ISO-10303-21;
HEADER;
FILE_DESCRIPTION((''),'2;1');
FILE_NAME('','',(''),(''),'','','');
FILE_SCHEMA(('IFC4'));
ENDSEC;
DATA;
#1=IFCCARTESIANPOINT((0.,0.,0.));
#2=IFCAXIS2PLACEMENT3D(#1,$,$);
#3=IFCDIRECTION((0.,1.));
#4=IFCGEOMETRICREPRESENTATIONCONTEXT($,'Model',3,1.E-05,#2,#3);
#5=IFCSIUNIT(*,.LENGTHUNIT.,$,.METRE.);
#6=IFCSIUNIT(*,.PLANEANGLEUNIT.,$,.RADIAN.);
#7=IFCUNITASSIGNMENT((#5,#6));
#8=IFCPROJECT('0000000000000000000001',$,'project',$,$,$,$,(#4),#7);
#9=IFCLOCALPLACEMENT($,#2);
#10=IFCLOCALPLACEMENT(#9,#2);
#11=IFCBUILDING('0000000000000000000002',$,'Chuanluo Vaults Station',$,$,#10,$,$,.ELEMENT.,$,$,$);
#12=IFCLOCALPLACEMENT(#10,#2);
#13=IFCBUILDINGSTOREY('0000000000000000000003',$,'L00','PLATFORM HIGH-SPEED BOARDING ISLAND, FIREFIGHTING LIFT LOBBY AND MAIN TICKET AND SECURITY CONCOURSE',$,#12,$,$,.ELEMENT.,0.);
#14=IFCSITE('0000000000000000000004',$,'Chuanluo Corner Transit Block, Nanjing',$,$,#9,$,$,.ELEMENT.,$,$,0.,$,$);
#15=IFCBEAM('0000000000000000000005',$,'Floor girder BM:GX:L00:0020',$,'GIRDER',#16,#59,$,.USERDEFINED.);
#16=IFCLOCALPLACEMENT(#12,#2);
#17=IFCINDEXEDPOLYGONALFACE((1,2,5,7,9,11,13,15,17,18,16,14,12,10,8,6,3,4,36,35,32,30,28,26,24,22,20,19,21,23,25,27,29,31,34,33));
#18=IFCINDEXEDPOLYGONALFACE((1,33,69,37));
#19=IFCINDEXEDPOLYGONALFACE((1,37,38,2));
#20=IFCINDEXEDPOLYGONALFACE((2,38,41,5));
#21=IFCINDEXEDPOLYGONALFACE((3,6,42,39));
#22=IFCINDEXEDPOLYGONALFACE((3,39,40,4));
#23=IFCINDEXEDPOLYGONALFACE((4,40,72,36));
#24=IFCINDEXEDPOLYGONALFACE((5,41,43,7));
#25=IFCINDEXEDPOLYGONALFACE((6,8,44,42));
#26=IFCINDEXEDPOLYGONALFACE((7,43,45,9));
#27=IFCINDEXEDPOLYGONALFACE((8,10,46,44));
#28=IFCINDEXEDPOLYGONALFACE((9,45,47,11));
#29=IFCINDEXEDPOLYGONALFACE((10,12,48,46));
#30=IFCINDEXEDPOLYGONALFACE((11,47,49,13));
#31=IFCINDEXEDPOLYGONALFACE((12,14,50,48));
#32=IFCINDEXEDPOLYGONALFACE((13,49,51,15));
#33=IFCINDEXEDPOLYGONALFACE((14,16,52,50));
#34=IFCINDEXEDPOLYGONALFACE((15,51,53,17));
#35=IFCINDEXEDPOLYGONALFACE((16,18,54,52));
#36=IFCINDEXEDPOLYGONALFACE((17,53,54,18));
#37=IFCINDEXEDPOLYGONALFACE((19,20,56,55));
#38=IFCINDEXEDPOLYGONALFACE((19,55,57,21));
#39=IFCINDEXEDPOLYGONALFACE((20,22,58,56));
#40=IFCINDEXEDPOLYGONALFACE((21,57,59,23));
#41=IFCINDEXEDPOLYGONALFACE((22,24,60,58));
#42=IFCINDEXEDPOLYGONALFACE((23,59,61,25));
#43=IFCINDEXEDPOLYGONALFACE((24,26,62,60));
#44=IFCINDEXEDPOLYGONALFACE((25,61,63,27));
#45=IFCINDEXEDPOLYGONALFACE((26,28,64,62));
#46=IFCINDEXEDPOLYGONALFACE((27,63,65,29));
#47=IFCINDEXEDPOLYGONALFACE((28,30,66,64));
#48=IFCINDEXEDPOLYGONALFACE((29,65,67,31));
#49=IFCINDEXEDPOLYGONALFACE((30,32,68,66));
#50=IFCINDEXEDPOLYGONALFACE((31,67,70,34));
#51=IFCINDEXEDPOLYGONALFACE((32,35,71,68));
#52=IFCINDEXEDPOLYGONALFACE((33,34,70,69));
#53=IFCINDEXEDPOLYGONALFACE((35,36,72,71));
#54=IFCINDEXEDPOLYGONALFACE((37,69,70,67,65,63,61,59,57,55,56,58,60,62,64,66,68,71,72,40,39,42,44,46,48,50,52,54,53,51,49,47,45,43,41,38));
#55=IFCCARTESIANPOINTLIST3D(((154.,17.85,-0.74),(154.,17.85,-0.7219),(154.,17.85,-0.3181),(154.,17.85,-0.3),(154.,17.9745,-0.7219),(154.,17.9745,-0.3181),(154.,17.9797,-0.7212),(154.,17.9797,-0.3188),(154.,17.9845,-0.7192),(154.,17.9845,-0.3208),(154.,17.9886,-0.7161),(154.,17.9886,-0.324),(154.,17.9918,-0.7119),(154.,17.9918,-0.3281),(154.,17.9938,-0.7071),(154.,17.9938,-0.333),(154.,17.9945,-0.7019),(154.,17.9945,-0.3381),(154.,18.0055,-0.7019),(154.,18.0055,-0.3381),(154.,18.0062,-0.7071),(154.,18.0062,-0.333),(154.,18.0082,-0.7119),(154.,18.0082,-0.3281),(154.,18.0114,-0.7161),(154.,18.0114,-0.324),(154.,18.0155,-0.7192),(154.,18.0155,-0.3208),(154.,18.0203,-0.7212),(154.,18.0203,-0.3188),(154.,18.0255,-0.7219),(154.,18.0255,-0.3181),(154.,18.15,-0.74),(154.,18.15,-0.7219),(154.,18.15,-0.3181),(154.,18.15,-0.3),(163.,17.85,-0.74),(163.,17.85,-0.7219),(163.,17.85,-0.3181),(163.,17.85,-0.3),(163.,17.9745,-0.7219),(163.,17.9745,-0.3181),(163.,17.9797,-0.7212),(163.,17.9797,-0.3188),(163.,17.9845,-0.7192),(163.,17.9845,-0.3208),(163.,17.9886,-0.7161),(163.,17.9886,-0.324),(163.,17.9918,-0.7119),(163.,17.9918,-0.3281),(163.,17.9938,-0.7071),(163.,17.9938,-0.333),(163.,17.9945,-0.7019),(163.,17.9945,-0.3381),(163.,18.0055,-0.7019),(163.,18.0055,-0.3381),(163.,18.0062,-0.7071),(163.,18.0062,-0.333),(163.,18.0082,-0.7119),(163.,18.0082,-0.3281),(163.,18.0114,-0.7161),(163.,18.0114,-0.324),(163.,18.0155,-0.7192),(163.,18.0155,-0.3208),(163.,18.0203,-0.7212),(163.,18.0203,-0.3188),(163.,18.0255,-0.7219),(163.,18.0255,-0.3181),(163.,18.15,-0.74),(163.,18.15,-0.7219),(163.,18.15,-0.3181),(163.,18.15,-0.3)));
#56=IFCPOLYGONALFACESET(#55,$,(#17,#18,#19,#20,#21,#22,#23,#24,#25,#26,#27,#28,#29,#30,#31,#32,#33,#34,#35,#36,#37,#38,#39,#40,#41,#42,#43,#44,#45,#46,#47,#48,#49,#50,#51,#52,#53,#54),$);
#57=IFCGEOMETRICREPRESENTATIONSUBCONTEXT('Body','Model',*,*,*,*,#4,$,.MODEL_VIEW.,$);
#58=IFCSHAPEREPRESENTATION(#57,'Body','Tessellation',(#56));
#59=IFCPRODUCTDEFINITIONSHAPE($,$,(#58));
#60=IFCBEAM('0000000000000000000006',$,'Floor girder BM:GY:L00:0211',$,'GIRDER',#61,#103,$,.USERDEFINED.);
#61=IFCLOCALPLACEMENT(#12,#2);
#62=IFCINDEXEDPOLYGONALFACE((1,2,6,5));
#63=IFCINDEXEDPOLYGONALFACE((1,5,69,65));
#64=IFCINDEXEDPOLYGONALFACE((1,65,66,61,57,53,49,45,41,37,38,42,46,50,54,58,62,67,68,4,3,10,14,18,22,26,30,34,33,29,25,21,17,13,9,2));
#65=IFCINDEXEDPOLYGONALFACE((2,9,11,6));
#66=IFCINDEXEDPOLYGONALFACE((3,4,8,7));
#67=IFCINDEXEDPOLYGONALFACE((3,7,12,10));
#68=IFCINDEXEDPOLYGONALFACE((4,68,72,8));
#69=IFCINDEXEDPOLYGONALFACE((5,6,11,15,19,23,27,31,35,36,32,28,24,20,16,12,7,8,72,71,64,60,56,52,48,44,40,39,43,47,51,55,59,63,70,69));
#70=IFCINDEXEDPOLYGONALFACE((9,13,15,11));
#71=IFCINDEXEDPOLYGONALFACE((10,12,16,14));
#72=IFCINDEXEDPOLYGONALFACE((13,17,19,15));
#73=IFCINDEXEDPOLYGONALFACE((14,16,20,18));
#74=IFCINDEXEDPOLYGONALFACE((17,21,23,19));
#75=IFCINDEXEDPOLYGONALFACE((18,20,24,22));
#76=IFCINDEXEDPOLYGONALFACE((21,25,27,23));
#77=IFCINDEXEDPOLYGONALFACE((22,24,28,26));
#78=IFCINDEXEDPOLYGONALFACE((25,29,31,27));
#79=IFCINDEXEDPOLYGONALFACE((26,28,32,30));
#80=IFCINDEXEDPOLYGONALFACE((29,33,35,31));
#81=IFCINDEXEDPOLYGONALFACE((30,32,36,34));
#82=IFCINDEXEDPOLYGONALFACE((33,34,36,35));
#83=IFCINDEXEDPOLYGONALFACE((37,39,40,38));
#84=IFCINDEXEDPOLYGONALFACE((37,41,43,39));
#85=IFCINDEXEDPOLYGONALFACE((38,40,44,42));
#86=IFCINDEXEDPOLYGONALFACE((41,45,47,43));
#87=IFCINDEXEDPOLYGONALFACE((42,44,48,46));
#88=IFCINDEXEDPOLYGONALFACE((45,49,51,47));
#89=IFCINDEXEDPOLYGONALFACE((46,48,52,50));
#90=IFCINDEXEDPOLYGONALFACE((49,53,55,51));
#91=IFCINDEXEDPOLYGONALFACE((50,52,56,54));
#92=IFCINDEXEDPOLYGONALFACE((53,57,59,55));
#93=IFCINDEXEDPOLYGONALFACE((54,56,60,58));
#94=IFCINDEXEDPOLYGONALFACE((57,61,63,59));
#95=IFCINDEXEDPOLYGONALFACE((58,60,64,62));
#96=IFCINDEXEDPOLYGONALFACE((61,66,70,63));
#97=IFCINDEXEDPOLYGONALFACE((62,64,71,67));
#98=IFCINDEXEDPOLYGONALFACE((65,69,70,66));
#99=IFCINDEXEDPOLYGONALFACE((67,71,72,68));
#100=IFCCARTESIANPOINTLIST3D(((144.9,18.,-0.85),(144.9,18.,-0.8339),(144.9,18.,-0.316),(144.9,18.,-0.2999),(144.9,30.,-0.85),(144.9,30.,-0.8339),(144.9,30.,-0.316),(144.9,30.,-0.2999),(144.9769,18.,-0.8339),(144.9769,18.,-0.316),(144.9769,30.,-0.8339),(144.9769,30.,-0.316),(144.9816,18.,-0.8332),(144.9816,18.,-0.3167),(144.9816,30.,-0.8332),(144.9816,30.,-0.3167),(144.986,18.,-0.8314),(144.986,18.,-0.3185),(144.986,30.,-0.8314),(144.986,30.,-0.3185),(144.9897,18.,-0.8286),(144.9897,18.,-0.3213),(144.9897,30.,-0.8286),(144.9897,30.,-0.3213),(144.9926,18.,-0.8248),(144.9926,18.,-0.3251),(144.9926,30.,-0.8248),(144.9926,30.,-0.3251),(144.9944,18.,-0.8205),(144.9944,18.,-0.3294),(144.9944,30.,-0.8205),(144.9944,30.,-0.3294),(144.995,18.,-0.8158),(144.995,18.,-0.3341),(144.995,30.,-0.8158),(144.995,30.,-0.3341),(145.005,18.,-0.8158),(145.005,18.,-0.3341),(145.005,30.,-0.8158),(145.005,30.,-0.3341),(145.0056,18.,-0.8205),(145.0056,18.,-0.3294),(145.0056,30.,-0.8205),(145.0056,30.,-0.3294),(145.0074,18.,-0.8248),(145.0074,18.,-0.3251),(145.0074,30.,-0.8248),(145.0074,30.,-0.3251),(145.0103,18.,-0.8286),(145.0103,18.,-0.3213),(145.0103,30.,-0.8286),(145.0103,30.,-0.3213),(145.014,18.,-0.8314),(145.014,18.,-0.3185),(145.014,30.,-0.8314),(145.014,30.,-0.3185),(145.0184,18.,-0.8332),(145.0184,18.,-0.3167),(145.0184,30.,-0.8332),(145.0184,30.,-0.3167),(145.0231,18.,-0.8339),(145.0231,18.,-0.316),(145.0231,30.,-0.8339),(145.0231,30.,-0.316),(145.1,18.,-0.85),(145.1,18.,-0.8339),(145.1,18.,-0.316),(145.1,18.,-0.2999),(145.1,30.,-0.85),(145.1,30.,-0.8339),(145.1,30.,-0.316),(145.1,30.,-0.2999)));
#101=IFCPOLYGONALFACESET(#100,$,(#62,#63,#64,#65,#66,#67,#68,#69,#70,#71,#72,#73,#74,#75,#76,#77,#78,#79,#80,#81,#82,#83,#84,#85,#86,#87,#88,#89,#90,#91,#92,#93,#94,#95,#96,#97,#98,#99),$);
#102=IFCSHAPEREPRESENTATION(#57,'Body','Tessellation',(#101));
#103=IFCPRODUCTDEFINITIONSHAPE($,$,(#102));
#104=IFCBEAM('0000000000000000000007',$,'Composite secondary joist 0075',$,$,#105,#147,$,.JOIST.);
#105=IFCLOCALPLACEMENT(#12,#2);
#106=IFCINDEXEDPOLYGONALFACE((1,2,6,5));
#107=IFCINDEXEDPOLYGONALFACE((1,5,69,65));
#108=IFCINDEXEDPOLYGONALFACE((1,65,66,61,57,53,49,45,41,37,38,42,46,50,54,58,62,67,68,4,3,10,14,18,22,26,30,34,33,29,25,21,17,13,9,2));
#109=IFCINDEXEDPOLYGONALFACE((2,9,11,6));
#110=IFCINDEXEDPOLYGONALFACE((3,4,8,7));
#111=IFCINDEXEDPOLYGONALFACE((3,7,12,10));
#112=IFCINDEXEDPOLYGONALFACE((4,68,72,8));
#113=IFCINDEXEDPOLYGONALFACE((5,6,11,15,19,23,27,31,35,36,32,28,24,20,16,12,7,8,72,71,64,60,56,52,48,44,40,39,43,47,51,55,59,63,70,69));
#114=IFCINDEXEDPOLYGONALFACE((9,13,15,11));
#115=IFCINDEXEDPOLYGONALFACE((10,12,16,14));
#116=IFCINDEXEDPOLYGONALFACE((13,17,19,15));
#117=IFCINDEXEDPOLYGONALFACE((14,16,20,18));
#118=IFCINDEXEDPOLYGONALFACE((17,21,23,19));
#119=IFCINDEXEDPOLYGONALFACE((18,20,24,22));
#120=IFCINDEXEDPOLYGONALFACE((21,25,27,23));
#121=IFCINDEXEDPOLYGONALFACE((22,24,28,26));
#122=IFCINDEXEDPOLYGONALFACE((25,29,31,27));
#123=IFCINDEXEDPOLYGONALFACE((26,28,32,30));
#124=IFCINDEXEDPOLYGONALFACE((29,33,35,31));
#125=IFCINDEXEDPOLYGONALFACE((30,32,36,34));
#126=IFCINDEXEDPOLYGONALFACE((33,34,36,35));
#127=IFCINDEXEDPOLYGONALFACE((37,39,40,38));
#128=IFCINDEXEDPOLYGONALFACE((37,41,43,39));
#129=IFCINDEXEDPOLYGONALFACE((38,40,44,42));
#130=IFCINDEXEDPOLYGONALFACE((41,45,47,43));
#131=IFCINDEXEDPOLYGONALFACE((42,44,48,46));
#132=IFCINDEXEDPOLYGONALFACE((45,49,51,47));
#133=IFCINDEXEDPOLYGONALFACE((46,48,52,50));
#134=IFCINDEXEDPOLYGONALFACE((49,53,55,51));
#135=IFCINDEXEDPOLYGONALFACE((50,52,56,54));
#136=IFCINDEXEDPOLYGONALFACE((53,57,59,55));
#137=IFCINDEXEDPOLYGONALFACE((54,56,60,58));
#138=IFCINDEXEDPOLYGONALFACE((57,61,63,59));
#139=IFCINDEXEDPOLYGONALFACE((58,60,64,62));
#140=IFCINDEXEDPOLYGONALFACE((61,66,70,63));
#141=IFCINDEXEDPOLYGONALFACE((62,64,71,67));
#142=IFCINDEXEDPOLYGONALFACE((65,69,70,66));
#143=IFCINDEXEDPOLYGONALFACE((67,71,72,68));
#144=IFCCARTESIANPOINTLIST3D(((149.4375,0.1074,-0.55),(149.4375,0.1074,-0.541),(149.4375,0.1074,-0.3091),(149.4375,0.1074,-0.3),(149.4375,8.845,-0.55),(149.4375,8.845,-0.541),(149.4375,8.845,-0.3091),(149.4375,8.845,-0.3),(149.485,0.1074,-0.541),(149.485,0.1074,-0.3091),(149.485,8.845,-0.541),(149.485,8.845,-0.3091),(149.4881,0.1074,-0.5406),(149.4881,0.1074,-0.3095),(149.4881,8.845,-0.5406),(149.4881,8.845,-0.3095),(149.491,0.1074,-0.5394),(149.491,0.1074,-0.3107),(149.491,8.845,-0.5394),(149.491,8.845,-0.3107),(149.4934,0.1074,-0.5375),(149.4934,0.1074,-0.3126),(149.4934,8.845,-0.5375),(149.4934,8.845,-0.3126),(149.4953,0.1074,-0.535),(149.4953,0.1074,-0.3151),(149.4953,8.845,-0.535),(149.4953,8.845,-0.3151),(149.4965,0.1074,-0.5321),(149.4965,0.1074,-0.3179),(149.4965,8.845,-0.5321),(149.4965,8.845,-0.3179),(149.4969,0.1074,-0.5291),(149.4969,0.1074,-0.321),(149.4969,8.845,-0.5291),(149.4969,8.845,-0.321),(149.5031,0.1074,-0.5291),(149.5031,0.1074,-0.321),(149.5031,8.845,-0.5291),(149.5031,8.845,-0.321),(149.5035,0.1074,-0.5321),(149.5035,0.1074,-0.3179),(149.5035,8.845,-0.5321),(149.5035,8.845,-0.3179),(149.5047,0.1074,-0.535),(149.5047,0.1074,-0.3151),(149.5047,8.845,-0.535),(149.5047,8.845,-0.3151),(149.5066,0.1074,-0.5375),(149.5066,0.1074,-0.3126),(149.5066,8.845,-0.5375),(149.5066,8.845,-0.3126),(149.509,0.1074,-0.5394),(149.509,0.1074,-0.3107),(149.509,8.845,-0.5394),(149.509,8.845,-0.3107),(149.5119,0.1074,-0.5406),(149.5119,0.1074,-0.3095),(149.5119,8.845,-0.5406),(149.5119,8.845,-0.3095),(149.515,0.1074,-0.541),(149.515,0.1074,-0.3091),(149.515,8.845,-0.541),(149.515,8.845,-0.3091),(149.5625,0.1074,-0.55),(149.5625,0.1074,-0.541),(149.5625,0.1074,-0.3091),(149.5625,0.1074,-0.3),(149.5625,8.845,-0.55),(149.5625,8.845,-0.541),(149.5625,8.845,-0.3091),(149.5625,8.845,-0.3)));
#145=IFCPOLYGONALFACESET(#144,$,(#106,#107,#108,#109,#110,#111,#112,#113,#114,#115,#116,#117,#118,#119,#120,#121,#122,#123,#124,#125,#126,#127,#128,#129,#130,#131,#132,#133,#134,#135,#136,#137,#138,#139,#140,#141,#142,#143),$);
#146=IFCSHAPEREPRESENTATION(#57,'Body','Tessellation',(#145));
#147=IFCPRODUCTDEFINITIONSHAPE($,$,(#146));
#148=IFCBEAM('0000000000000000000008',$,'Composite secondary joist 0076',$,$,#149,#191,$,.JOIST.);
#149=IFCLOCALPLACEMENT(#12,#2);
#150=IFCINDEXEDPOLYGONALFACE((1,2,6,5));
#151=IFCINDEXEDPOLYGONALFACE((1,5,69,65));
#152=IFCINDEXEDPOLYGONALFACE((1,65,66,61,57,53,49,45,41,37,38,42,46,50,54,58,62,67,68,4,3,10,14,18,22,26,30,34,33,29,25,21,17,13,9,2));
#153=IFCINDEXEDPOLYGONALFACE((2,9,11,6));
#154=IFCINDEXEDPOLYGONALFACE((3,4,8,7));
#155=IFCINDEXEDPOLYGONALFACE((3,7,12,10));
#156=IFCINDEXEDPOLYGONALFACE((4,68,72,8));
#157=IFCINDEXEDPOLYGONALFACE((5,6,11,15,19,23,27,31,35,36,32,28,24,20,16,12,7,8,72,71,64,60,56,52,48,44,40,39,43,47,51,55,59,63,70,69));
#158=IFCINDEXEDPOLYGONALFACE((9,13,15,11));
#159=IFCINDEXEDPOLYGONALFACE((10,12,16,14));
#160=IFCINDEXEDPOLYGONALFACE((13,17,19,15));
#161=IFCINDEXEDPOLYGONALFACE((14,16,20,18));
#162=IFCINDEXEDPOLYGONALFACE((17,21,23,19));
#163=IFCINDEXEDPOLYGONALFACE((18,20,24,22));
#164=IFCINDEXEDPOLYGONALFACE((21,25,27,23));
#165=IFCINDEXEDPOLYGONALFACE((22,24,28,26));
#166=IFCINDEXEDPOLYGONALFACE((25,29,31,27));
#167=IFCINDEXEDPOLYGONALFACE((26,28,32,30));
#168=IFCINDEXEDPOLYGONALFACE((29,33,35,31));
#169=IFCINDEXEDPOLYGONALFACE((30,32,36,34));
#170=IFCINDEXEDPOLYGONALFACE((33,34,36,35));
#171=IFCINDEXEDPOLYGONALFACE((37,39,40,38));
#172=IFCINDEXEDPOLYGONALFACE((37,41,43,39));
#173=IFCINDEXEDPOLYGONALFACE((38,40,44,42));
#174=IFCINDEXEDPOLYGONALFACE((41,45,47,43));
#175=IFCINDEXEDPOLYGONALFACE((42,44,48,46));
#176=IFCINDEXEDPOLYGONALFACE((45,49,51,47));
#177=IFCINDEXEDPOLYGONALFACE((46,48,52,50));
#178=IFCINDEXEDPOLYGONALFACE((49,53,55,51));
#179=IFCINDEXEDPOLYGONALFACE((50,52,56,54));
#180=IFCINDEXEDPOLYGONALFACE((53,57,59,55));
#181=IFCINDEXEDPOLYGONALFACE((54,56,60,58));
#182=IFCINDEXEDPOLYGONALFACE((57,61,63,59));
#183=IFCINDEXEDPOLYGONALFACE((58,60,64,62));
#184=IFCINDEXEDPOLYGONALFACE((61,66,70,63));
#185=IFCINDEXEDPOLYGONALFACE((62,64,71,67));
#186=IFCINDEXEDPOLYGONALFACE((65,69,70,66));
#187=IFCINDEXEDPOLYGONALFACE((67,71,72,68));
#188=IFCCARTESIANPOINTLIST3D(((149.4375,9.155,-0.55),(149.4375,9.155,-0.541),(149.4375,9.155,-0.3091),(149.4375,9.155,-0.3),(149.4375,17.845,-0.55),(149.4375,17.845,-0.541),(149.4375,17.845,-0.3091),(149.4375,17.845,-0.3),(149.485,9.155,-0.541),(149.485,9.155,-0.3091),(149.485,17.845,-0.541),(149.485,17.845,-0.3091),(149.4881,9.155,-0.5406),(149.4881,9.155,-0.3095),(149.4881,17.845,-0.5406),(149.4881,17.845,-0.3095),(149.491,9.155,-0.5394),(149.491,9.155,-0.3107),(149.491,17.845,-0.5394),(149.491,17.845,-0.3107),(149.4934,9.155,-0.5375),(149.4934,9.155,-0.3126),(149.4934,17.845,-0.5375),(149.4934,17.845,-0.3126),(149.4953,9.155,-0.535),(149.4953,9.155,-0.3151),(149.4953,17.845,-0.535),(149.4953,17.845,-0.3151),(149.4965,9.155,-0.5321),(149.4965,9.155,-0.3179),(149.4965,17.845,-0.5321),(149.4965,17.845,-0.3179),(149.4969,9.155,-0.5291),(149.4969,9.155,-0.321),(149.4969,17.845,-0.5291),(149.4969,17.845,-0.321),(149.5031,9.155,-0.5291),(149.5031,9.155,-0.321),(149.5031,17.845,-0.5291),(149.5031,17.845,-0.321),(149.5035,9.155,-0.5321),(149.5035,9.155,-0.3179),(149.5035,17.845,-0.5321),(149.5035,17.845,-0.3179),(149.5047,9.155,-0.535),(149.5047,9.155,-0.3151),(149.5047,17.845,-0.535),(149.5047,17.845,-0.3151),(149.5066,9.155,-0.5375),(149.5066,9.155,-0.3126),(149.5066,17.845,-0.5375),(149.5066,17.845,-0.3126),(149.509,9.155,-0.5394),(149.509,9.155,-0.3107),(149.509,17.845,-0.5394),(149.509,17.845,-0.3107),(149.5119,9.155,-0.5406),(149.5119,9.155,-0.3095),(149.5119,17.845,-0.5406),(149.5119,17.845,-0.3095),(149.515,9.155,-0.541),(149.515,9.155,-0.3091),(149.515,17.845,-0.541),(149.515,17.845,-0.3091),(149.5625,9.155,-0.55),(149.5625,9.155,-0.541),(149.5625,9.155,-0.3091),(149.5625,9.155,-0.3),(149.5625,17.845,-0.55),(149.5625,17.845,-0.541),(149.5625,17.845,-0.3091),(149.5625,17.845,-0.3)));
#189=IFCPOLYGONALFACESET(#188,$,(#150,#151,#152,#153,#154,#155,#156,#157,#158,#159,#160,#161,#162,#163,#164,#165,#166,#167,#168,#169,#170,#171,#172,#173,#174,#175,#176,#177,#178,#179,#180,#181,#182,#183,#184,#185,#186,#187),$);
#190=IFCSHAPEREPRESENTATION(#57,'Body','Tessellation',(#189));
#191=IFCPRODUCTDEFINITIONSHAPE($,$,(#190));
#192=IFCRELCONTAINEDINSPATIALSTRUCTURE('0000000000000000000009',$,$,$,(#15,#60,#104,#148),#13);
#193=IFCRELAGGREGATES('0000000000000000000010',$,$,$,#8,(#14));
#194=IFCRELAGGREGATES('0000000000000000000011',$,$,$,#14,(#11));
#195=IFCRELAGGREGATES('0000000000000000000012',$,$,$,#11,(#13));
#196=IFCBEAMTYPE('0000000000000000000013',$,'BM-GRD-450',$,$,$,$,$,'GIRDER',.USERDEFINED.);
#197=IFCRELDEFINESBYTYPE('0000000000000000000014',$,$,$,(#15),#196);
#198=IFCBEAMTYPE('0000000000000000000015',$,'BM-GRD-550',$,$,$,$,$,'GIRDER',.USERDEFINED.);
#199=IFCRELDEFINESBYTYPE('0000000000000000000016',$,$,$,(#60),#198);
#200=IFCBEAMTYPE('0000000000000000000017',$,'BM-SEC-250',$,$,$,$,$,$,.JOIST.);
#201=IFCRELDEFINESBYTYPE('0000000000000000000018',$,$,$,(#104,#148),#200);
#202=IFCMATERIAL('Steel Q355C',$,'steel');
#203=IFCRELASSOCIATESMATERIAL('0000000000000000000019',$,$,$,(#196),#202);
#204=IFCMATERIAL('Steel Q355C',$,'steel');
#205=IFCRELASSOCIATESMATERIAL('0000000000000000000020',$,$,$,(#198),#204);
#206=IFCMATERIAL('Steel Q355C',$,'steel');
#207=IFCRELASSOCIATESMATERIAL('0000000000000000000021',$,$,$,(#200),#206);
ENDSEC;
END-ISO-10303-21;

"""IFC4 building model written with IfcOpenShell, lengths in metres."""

from ifc_helpers import new_model, si_unit, direction, frame, origin, origin_2d, place, context, subcontext, project, spatial, i_section, extrude, material, material_profile, profile_set, type_object, element, save


model = new_model("IFC4")

# Units and contexts
model_context = context("Model", 3, precision=1e-05, world=origin(), true_north=direction((0.0, 1.0)))
body_context = subcontext(model_context, "Body", "Model", "MODEL_VIEW")
ifc_project = project(units=[si_unit("LENGTHUNIT", "METRE"), si_unit("PLANEANGLEUNIT", "RADIAN")], contexts=[model_context])

# Site, building, storey
site_placement = place(None, origin())
site = spatial("IfcSite", under=ifc_project, at=site_placement, Name="Chuanluo Corner Transit Block, Nanjing", CompositionType="ELEMENT", RefElevation=0.0)
building_placement = place(site_placement, origin())
building = spatial("IfcBuilding", under=site, at=building_placement, Name="Chuanluo Vaults Station", CompositionType="ELEMENT")
storey_placement = place(building_placement, origin())
storey = spatial("IfcBuildingStorey", under=building, at=storey_placement, Name="L00", Description="PLATFORM HIGH-SPEED BOARDING ISLAND, FIREFIGHTING LIFT LOBBY AND MAIN TICKET AND SECURITY CONCOURSE", CompositionType="ELEMENT", Elevation=0.0)

# Beams
ifc_material_1 = material(Name="Steel Q355C", Category="steel")
ifc_material_profile_1 = material_profile(ifc_material_1, i_section(OverallWidth=0.3, OverallDepth=0.4399, WebThickness=0.011, FlangeThickness=0.0181, FilletRadius=0.02, at=origin_2d()))
ifc_profile_set_1 = profile_set([ifc_material_profile_1], Name="Steel Q355C")
beam_type_1 = type_object("IfcBeamType", Name="BM-GRD-450", ElementType="GIRDER", PredefinedType="USERDEFINED", material=ifc_profile_set_1)
for number, where, z_axis, x_axis, name in (
    (1, (154.0, 18.0, -0.52), (1.0, 0.0, 0.0), (0.0, 1.0, 0.0), "Floor girder BM:GX:L00:0020"),
):
    element("IfcBeam", number, at=place(storey_placement, frame(where, z_axis=z_axis, x_axis=x_axis)), inside=storey, type_object=beam_type_1, Name=name, ObjectType="GIRDER", PredefinedType="USERDEFINED", context=body_context, shape_type="SweptSolid", body=[
        extrude(i_section(OverallWidth=0.3, OverallDepth=0.4399, WebThickness=0.011, FlangeThickness=0.0181, FilletRadius=0.02, at=origin_2d()), origin(), (0.0, 0.0, 1.0), 9.0),
    ])
ifc_material_2 = material(Name="Steel Q355C", Category="steel")
ifc_material_profile_2 = material_profile(ifc_material_2, i_section(OverallWidth=0.2, OverallDepth=0.55, WebThickness=0.01, FlangeThickness=0.0161, FilletRadius=0.0181, at=origin_2d()))
ifc_profile_set_2 = profile_set([ifc_material_profile_2], Name="Steel Q355C")
beam_type_2 = type_object("IfcBeamType", Name="BM-GRD-550", ElementType="GIRDER", PredefinedType="USERDEFINED", material=ifc_profile_set_2)
beam_1_placement = place(storey_placement, frame((145.0, 18.0, -0.575), z_axis=(0.0, 1.0, 0.0), x_axis=(-1.0, 0.0, 0.0)))
element("IfcBeam", 2, at=beam_1_placement, inside=storey, type_object=beam_type_2, Name="Floor girder BM:GY:L00:0211", ObjectType="GIRDER", PredefinedType="USERDEFINED", context=body_context, shape_type="SweptSolid", body=[
    extrude(i_section(OverallWidth=0.2, OverallDepth=0.55, WebThickness=0.01, FlangeThickness=0.0161, FilletRadius=0.0181, at=origin_2d()), origin(), (0.0, 0.0, 1.0), 12.0),
])
ifc_material_3 = material(Name="Steel Q355C", Category="steel")
ifc_material_profile_3 = material_profile(ifc_material_3, i_section(OverallWidth=0.125, OverallDepth=0.25, WebThickness=0.0061, FlangeThickness=0.009, FilletRadius=0.012, at=origin_2d()))
ifc_profile_set_3 = profile_set([ifc_material_profile_3], Name="Steel Q355C")
beam_type_3 = type_object("IfcBeamType", Name="BM-SEC-250", PredefinedType="JOIST", material=ifc_profile_set_3)
beam_2_placement = place(storey_placement, frame((149.5, 0.1074, -0.425), z_axis=(0.0, 1.0, 0.0), x_axis=(-1.0, 0.0, 0.0)))
element("IfcBeam", 3, at=beam_2_placement, inside=storey, type_object=beam_type_3, Name="Composite secondary joist 0075", PredefinedType="JOIST", context=body_context, shape_type="SweptSolid", body=[
    extrude(i_section(OverallWidth=0.125, OverallDepth=0.25, WebThickness=0.0061, FlangeThickness=0.009, FilletRadius=0.012, at=origin_2d()), origin(), (0.0, 0.0, 1.0), 8.7375),
])
beam_3_placement = place(storey_placement, frame((149.5, 9.155, -0.425), z_axis=(0.0, 1.0, 0.0), x_axis=(-1.0, 0.0, 0.0)))
element("IfcBeam", 4, at=beam_3_placement, inside=storey, type_object=beam_type_3, Name="Composite secondary joist 0076", PredefinedType="JOIST", context=body_context, shape_type="SweptSolid", body=[
    extrude(i_section(OverallWidth=0.125, OverallDepth=0.25, WebThickness=0.0061, FlangeThickness=0.009, FilletRadius=0.012, at=origin_2d()), origin(), (0.0, 0.0, 1.0), 8.6899),
])

save(model, "model.ifc")
